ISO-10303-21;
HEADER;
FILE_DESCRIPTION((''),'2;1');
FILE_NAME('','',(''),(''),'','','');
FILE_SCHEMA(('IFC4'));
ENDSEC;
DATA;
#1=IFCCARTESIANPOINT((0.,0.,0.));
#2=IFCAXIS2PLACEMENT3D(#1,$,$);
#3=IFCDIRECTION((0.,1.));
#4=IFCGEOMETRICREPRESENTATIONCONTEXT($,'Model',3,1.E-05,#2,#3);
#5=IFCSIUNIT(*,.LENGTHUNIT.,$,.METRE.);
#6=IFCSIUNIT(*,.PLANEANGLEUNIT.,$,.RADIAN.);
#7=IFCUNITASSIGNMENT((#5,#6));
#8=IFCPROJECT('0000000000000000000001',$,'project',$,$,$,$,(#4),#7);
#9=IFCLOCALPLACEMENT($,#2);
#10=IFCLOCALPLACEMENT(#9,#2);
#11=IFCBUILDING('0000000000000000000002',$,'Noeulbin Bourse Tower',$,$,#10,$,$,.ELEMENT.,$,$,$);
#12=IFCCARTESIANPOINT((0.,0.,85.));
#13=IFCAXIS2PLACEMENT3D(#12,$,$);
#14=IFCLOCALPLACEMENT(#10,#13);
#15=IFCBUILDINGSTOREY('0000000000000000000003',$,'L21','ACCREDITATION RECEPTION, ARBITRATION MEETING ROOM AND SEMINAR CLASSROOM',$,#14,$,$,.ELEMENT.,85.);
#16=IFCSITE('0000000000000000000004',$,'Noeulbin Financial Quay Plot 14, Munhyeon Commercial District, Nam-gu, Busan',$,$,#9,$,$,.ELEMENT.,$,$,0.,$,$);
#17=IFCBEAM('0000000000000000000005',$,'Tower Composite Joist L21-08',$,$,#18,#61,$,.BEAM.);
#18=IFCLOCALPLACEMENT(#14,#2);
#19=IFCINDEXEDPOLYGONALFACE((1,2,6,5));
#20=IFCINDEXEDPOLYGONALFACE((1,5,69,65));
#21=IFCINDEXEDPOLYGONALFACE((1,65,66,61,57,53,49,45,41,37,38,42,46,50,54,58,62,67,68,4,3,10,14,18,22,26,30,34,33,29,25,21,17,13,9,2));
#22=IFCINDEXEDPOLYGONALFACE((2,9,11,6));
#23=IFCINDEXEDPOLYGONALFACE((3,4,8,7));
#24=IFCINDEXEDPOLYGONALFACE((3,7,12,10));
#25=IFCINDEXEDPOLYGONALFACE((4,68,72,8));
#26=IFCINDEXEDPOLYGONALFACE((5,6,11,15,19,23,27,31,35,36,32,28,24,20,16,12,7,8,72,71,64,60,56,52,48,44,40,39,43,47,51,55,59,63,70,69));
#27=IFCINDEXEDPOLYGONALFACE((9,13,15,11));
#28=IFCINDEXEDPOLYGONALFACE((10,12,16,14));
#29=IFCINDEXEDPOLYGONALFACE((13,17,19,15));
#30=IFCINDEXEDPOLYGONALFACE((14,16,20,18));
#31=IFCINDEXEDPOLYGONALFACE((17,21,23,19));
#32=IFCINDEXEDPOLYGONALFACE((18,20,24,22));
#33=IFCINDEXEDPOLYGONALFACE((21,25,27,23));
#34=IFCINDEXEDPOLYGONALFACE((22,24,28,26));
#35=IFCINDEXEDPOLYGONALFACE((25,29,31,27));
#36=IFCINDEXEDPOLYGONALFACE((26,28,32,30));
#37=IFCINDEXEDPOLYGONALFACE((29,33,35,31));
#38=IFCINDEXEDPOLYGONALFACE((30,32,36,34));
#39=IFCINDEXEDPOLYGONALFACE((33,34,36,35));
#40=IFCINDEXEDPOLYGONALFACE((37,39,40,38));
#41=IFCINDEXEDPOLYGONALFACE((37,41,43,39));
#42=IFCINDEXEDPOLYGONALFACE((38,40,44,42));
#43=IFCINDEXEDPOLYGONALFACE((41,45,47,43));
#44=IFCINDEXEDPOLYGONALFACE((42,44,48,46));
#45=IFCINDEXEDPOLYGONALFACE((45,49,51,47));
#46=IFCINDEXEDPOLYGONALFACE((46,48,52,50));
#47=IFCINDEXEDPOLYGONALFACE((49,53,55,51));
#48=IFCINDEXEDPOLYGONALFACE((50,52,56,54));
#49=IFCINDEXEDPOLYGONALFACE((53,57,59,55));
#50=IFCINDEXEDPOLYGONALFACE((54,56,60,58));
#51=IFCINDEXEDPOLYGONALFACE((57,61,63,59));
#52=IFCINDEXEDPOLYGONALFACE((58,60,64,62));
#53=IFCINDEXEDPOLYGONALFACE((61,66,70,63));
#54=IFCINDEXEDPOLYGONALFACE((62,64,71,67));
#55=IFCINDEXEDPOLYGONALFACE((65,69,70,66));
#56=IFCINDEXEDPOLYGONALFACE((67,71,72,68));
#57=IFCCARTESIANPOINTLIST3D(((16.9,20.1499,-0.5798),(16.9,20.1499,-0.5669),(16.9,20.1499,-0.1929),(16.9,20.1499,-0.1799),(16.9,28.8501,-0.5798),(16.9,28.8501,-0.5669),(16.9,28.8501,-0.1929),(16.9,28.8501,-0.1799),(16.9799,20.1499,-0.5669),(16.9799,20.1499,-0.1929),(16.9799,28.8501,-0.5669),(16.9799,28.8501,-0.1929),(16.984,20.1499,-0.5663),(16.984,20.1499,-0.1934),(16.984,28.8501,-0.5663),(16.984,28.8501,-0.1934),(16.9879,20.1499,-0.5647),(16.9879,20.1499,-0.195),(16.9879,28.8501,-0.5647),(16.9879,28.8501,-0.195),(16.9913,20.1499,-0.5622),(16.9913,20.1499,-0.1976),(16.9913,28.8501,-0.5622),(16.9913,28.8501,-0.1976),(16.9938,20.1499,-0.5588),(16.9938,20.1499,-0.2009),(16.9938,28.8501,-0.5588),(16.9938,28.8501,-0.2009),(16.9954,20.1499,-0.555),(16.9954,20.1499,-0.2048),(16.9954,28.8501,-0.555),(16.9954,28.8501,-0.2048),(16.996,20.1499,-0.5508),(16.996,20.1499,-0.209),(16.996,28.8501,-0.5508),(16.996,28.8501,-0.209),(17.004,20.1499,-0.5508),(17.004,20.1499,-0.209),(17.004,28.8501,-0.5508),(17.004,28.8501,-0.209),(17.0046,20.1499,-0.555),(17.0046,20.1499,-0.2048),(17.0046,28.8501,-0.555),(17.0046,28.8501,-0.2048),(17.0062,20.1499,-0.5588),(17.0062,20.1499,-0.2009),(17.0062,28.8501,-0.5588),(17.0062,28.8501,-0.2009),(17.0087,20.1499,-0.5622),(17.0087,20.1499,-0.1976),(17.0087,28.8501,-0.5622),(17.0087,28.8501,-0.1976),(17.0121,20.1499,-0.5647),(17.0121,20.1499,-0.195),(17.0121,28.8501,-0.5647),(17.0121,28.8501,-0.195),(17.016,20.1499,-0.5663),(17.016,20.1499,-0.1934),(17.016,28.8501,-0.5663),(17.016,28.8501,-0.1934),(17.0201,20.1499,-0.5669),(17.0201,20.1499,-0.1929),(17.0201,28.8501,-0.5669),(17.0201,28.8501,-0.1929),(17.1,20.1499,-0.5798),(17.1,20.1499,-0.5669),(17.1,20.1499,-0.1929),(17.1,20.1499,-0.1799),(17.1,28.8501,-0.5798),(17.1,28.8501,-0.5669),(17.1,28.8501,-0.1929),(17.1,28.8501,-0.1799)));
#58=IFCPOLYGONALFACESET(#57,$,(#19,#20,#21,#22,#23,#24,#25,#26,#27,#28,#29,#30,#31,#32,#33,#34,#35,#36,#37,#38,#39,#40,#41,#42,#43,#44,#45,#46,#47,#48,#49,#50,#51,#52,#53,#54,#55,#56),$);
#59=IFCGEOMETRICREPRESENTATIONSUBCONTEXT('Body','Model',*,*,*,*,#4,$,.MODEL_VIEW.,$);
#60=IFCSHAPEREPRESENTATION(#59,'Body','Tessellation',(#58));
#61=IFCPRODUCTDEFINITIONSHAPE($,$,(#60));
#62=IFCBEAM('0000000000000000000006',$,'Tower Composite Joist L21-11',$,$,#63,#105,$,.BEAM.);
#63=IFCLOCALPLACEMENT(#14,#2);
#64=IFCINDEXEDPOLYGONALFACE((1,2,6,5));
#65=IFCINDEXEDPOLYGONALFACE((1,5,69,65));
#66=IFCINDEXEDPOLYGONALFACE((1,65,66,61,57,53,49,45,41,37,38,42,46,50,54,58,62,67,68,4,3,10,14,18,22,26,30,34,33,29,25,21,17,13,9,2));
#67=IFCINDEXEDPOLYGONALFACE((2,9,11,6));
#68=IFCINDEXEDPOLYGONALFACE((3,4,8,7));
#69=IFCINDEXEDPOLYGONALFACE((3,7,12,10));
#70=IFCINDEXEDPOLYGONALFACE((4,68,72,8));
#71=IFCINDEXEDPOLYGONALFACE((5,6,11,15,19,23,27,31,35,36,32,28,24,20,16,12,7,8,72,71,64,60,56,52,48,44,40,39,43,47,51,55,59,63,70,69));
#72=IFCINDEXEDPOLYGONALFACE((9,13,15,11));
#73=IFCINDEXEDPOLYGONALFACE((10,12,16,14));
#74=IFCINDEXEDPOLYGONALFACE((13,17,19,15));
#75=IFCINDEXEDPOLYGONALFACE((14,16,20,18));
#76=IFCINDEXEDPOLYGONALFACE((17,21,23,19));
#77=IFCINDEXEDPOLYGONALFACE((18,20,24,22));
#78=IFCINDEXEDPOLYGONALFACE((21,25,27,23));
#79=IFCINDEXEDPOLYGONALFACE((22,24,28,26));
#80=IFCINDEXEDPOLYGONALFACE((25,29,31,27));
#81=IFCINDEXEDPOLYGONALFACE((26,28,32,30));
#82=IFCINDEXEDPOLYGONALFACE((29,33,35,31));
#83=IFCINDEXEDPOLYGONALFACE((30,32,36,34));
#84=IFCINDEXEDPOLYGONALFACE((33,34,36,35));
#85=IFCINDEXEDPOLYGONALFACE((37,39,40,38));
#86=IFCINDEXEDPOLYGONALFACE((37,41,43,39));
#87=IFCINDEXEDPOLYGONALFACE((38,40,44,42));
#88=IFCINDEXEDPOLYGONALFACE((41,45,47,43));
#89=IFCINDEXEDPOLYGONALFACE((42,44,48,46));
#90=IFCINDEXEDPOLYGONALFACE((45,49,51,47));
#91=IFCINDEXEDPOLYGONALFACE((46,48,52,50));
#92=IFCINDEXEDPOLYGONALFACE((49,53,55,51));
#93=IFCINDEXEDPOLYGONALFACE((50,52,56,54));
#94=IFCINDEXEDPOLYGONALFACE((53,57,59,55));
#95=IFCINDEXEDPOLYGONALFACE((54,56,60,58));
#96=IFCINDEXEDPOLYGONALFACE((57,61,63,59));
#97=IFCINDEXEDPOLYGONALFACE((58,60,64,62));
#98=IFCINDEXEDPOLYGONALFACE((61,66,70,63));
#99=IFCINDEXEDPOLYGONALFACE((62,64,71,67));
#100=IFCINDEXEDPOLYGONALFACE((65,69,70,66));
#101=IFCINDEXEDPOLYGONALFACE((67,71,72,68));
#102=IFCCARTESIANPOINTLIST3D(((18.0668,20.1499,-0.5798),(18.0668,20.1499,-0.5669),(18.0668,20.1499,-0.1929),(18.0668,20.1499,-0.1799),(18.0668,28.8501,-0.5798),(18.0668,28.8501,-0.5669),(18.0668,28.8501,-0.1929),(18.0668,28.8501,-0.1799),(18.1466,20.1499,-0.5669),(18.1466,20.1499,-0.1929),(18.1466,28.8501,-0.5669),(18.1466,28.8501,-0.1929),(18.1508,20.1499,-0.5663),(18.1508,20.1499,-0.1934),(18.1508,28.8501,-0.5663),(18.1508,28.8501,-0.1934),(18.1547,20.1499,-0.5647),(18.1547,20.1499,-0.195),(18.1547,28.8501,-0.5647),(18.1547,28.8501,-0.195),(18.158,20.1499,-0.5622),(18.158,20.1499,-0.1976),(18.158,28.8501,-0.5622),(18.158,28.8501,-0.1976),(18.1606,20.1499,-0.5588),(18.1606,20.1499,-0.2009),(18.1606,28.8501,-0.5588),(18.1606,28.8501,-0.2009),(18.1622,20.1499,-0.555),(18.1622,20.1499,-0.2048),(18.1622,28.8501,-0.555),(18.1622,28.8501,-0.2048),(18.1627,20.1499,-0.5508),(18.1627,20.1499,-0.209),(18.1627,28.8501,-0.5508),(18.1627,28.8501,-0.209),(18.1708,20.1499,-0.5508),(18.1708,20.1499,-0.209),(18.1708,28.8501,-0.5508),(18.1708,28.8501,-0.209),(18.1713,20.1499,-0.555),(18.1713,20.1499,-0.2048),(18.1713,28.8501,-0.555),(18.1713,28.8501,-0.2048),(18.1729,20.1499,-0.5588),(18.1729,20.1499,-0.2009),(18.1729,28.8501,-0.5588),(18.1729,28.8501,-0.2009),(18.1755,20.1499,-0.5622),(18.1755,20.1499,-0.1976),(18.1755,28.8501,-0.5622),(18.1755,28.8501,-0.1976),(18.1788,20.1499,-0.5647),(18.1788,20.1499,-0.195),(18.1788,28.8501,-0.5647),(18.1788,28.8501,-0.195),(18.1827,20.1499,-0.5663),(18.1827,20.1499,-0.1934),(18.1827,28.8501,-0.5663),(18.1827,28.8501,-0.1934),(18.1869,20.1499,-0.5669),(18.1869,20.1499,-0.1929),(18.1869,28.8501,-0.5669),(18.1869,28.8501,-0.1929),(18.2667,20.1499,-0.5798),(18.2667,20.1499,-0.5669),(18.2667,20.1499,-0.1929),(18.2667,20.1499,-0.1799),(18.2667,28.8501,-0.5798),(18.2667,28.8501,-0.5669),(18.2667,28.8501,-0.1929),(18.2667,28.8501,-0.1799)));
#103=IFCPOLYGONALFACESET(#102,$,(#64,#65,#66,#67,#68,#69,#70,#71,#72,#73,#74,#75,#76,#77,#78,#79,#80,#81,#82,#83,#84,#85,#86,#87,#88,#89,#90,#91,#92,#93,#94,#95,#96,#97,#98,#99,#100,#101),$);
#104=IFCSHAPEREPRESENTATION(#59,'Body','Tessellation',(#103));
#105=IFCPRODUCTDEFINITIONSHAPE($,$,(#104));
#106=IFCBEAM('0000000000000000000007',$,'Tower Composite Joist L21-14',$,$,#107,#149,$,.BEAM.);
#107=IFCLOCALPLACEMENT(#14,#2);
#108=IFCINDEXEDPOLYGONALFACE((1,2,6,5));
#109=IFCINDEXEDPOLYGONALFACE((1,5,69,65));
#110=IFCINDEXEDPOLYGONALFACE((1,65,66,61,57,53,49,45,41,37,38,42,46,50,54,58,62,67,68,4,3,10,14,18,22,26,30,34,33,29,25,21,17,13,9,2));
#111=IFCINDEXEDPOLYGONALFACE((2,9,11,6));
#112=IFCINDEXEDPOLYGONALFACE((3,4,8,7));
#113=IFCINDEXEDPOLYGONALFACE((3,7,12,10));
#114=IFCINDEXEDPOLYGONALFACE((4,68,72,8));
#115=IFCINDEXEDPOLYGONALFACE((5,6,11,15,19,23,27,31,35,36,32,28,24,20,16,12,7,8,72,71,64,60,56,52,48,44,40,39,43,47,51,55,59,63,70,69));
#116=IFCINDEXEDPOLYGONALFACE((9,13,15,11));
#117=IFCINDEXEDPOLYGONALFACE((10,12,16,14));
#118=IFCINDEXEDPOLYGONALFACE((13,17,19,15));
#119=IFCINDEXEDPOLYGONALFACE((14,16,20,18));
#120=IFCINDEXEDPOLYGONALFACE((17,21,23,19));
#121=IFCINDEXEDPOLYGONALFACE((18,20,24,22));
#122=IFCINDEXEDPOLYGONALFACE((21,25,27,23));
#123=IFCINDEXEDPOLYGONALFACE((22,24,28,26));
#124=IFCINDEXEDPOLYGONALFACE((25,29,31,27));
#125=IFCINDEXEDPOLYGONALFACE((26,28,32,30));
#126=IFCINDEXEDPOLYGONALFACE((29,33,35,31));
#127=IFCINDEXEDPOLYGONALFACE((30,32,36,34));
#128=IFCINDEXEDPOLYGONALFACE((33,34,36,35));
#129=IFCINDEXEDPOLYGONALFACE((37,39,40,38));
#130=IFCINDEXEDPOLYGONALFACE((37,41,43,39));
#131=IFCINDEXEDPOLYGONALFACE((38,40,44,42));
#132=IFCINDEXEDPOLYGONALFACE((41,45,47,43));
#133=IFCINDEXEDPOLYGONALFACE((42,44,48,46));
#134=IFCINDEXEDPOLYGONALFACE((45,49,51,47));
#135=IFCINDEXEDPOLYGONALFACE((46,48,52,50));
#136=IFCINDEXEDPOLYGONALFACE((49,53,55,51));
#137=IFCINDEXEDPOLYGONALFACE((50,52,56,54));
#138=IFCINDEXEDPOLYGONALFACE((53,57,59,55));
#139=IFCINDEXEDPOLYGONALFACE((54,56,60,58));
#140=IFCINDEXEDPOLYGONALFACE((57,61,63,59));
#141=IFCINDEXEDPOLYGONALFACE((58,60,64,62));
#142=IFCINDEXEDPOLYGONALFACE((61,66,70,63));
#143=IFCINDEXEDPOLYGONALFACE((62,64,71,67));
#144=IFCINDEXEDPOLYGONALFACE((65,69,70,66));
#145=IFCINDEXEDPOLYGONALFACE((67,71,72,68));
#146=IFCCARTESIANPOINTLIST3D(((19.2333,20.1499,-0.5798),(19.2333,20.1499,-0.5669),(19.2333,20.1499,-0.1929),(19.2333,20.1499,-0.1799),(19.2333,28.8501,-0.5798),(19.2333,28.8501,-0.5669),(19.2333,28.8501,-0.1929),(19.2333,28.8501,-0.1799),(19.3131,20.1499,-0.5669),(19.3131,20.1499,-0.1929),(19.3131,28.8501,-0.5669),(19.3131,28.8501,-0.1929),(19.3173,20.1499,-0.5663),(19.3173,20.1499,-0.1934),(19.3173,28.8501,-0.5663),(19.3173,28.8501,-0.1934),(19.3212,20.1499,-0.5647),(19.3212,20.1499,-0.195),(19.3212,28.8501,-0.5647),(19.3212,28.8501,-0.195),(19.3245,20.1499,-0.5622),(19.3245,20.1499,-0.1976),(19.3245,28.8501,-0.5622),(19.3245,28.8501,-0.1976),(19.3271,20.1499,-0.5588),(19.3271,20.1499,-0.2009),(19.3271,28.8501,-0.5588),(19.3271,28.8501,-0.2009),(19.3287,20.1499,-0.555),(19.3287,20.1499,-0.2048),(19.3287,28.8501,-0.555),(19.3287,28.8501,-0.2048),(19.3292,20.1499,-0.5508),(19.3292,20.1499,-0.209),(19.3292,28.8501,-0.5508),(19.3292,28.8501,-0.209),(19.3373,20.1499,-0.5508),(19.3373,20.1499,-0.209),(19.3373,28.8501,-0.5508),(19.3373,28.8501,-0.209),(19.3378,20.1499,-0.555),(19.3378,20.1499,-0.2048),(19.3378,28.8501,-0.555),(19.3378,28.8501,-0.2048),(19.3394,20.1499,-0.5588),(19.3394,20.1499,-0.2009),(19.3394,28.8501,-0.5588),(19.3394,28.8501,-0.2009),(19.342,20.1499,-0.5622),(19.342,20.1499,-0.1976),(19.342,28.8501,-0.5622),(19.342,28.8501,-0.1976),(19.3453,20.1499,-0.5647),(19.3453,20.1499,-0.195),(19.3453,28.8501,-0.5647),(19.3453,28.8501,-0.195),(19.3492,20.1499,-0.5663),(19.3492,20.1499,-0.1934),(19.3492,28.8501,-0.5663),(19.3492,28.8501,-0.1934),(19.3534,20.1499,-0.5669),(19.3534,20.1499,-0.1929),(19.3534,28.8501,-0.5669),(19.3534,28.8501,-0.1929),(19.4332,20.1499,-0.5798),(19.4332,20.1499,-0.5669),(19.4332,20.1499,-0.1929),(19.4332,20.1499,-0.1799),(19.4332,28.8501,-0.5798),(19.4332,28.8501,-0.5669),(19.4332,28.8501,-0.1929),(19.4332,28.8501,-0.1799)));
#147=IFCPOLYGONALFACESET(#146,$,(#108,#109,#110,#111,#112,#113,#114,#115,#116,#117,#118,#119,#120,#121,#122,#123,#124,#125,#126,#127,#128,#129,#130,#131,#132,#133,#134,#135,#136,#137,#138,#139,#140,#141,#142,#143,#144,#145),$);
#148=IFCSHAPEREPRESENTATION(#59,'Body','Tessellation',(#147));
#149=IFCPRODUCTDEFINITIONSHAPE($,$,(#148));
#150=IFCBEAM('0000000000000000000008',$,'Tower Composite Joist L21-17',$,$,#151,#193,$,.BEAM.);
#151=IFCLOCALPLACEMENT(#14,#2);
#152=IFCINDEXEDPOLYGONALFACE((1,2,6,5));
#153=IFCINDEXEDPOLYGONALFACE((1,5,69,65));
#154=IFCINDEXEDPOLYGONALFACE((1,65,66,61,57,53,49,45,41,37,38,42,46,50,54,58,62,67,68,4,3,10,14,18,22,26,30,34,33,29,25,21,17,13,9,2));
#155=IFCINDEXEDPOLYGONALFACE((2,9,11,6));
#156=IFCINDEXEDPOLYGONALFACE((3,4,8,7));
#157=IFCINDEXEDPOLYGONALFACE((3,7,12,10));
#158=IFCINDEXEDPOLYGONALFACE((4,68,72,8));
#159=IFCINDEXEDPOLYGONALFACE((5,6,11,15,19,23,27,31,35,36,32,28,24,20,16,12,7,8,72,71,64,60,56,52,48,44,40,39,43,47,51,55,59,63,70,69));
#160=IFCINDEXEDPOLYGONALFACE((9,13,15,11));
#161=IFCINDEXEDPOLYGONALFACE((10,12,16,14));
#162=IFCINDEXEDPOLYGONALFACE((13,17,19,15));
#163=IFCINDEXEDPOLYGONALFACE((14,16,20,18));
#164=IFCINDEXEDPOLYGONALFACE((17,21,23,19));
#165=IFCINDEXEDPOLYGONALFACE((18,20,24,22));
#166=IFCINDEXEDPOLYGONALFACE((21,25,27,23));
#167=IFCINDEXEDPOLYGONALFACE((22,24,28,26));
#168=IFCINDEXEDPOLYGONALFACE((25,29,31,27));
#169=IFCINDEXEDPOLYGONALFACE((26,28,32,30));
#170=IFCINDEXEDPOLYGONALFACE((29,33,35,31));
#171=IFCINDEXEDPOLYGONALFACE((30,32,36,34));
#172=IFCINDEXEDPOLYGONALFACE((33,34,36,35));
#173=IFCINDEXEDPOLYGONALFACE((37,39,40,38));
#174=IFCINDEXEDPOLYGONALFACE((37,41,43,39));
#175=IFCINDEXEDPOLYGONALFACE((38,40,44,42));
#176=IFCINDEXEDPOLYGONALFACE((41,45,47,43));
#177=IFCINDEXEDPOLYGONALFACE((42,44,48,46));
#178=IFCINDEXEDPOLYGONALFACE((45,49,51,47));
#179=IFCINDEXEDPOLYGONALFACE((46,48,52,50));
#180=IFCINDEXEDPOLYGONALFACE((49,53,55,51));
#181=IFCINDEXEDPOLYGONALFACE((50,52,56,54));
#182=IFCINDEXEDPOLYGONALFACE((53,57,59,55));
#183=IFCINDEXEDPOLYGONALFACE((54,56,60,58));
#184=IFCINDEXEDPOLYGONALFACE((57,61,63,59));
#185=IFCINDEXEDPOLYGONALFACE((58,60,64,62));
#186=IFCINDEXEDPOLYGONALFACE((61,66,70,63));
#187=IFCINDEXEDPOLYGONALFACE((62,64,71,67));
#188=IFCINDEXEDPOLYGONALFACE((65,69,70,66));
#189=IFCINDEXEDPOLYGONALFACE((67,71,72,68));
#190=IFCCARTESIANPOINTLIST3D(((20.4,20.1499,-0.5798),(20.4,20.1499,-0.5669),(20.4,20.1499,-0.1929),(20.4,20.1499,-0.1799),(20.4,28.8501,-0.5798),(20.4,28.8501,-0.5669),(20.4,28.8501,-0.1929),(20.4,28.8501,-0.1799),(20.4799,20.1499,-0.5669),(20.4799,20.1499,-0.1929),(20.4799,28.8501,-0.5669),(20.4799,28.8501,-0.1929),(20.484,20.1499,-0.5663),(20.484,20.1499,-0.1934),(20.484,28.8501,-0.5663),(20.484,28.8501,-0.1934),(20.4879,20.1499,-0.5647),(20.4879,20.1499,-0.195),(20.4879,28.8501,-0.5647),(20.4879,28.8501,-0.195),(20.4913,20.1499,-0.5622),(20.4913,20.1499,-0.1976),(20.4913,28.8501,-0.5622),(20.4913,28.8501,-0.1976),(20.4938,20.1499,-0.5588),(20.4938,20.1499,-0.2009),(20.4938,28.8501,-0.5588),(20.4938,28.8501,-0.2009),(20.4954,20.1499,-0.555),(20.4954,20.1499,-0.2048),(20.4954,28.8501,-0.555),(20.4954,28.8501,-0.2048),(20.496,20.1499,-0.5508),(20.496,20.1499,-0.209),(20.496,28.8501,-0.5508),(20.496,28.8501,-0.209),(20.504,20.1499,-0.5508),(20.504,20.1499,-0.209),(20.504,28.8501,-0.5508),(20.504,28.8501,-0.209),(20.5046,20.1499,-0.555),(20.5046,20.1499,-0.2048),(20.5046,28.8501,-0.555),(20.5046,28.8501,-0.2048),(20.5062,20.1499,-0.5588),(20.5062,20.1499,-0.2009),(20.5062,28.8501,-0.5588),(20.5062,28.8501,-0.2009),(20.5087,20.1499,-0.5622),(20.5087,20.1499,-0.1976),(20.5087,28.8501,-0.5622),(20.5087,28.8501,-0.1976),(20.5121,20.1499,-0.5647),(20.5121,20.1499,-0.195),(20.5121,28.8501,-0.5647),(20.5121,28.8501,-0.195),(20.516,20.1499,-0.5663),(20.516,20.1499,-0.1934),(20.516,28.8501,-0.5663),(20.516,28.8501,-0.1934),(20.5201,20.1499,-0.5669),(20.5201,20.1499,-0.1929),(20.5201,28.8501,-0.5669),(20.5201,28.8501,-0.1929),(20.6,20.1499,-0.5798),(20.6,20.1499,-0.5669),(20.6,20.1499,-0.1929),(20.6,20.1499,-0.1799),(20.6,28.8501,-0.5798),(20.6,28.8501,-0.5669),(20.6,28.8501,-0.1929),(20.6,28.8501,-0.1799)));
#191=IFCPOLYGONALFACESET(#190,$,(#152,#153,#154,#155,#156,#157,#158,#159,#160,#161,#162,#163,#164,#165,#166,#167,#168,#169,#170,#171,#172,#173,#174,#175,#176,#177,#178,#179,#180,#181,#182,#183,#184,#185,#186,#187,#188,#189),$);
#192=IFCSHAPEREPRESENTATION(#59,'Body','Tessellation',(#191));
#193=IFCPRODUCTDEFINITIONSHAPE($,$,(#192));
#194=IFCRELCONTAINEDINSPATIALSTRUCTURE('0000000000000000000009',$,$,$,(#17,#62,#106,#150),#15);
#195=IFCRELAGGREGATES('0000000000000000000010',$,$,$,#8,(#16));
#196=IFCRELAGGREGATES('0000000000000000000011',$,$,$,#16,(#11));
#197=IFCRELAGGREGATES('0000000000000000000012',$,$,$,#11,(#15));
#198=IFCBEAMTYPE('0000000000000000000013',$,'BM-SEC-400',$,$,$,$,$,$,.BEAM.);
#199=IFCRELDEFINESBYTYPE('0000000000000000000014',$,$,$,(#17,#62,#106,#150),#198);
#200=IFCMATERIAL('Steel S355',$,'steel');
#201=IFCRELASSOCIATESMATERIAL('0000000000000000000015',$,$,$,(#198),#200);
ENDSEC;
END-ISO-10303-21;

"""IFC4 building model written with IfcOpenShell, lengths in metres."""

from ifc_helpers import new_model, si_unit, direction, frame, origin, origin_2d, place, context, subcontext, project, spatial, i_section, extrude, material, material_profile, profile_set, type_object, element, save


model = new_model("IFC4")

# Units and contexts
model_context = context("Model", 3, precision=1e-05, world=origin(), true_north=direction((0.0, 1.0)))
body_context = subcontext(model_context, "Body", "Model", "MODEL_VIEW")
ifc_project = project(units=[si_unit("LENGTHUNIT", "METRE"), si_unit("PLANEANGLEUNIT", "RADIAN")], contexts=[model_context])

# Site, building, storey
site_placement = place(None, origin())
site = spatial("IfcSite", under=ifc_project, at=site_placement, Name="Noeulbin Financial Quay Plot 14, Munhyeon Commercial District, Nam-gu, Busan", CompositionType="ELEMENT", RefElevation=0.0)
building_placement = place(site_placement, origin())
building = spatial("IfcBuilding", under=site, at=building_placement, Name="Noeulbin Bourse Tower", CompositionType="ELEMENT")
storey_placement = place(building_placement, frame((0.0, 0.0, 85.0)))
storey = spatial("IfcBuildingStorey", under=building, at=storey_placement, Name="L21", Description="ACCREDITATION RECEPTION, ARBITRATION MEETING ROOM AND SEMINAR CLASSROOM", CompositionType="ELEMENT", Elevation=85.0)

# Beams
ifc_material_1 = material(Name="Steel S355", Category="steel")
ifc_material_profile_1 = material_profile(ifc_material_1, i_section(OverallWidth=0.2, OverallDepth=0.3999, WebThickness=0.0081, FlangeThickness=0.0129, FilletRadius=0.0161, at=origin_2d()), Name="H-400x200x8x13", Category="LoadBearing")
ifc_profile_set_1 = profile_set([ifc_material_profile_1], Name="Steel S355")
beam_type_1 = type_object("IfcBeamType", Name="BM-SEC-400", PredefinedType="BEAM", material=ifc_profile_set_1)
for number, where, z_axis, x_axis, name in (
    (1, (17.0, 20.1499, -0.3799), (0.0, 1.0, 0.0), (-1.0, 0.0, 0.0), "Tower Composite Joist L21-08"),
    (2, (18.1667, 20.1499, -0.3799), (0.0, 1.0, 0.0), (-1.0, 0.0, 0.0), "Tower Composite Joist L21-11"),
    (3, (19.3333, 20.1499, -0.3799), (0.0, 1.0, 0.0), (-1.0, 0.0, 0.0), "Tower Composite Joist L21-14"),
    (4, (20.5, 20.1499, -0.3799), (0.0, 1.0, 0.0), (-1.0, 0.0, 0.0), "Tower Composite Joist L21-17"),
):
    element("IfcBeam", number, at=place(storey_placement, frame(where, z_axis=z_axis, x_axis=x_axis)), inside=storey, type_object=beam_type_1, Name=name, PredefinedType="BEAM", context=body_context, shape_type="SweptSolid", body=[
        extrude(i_section(OverallWidth=0.2, OverallDepth=0.3999, WebThickness=0.0081, FlangeThickness=0.0129, FilletRadius=0.0161, at=origin_2d()), origin(), (0.0, 0.0, 1.0), 8.7002),
    ])

save(model, "model.ifc")
